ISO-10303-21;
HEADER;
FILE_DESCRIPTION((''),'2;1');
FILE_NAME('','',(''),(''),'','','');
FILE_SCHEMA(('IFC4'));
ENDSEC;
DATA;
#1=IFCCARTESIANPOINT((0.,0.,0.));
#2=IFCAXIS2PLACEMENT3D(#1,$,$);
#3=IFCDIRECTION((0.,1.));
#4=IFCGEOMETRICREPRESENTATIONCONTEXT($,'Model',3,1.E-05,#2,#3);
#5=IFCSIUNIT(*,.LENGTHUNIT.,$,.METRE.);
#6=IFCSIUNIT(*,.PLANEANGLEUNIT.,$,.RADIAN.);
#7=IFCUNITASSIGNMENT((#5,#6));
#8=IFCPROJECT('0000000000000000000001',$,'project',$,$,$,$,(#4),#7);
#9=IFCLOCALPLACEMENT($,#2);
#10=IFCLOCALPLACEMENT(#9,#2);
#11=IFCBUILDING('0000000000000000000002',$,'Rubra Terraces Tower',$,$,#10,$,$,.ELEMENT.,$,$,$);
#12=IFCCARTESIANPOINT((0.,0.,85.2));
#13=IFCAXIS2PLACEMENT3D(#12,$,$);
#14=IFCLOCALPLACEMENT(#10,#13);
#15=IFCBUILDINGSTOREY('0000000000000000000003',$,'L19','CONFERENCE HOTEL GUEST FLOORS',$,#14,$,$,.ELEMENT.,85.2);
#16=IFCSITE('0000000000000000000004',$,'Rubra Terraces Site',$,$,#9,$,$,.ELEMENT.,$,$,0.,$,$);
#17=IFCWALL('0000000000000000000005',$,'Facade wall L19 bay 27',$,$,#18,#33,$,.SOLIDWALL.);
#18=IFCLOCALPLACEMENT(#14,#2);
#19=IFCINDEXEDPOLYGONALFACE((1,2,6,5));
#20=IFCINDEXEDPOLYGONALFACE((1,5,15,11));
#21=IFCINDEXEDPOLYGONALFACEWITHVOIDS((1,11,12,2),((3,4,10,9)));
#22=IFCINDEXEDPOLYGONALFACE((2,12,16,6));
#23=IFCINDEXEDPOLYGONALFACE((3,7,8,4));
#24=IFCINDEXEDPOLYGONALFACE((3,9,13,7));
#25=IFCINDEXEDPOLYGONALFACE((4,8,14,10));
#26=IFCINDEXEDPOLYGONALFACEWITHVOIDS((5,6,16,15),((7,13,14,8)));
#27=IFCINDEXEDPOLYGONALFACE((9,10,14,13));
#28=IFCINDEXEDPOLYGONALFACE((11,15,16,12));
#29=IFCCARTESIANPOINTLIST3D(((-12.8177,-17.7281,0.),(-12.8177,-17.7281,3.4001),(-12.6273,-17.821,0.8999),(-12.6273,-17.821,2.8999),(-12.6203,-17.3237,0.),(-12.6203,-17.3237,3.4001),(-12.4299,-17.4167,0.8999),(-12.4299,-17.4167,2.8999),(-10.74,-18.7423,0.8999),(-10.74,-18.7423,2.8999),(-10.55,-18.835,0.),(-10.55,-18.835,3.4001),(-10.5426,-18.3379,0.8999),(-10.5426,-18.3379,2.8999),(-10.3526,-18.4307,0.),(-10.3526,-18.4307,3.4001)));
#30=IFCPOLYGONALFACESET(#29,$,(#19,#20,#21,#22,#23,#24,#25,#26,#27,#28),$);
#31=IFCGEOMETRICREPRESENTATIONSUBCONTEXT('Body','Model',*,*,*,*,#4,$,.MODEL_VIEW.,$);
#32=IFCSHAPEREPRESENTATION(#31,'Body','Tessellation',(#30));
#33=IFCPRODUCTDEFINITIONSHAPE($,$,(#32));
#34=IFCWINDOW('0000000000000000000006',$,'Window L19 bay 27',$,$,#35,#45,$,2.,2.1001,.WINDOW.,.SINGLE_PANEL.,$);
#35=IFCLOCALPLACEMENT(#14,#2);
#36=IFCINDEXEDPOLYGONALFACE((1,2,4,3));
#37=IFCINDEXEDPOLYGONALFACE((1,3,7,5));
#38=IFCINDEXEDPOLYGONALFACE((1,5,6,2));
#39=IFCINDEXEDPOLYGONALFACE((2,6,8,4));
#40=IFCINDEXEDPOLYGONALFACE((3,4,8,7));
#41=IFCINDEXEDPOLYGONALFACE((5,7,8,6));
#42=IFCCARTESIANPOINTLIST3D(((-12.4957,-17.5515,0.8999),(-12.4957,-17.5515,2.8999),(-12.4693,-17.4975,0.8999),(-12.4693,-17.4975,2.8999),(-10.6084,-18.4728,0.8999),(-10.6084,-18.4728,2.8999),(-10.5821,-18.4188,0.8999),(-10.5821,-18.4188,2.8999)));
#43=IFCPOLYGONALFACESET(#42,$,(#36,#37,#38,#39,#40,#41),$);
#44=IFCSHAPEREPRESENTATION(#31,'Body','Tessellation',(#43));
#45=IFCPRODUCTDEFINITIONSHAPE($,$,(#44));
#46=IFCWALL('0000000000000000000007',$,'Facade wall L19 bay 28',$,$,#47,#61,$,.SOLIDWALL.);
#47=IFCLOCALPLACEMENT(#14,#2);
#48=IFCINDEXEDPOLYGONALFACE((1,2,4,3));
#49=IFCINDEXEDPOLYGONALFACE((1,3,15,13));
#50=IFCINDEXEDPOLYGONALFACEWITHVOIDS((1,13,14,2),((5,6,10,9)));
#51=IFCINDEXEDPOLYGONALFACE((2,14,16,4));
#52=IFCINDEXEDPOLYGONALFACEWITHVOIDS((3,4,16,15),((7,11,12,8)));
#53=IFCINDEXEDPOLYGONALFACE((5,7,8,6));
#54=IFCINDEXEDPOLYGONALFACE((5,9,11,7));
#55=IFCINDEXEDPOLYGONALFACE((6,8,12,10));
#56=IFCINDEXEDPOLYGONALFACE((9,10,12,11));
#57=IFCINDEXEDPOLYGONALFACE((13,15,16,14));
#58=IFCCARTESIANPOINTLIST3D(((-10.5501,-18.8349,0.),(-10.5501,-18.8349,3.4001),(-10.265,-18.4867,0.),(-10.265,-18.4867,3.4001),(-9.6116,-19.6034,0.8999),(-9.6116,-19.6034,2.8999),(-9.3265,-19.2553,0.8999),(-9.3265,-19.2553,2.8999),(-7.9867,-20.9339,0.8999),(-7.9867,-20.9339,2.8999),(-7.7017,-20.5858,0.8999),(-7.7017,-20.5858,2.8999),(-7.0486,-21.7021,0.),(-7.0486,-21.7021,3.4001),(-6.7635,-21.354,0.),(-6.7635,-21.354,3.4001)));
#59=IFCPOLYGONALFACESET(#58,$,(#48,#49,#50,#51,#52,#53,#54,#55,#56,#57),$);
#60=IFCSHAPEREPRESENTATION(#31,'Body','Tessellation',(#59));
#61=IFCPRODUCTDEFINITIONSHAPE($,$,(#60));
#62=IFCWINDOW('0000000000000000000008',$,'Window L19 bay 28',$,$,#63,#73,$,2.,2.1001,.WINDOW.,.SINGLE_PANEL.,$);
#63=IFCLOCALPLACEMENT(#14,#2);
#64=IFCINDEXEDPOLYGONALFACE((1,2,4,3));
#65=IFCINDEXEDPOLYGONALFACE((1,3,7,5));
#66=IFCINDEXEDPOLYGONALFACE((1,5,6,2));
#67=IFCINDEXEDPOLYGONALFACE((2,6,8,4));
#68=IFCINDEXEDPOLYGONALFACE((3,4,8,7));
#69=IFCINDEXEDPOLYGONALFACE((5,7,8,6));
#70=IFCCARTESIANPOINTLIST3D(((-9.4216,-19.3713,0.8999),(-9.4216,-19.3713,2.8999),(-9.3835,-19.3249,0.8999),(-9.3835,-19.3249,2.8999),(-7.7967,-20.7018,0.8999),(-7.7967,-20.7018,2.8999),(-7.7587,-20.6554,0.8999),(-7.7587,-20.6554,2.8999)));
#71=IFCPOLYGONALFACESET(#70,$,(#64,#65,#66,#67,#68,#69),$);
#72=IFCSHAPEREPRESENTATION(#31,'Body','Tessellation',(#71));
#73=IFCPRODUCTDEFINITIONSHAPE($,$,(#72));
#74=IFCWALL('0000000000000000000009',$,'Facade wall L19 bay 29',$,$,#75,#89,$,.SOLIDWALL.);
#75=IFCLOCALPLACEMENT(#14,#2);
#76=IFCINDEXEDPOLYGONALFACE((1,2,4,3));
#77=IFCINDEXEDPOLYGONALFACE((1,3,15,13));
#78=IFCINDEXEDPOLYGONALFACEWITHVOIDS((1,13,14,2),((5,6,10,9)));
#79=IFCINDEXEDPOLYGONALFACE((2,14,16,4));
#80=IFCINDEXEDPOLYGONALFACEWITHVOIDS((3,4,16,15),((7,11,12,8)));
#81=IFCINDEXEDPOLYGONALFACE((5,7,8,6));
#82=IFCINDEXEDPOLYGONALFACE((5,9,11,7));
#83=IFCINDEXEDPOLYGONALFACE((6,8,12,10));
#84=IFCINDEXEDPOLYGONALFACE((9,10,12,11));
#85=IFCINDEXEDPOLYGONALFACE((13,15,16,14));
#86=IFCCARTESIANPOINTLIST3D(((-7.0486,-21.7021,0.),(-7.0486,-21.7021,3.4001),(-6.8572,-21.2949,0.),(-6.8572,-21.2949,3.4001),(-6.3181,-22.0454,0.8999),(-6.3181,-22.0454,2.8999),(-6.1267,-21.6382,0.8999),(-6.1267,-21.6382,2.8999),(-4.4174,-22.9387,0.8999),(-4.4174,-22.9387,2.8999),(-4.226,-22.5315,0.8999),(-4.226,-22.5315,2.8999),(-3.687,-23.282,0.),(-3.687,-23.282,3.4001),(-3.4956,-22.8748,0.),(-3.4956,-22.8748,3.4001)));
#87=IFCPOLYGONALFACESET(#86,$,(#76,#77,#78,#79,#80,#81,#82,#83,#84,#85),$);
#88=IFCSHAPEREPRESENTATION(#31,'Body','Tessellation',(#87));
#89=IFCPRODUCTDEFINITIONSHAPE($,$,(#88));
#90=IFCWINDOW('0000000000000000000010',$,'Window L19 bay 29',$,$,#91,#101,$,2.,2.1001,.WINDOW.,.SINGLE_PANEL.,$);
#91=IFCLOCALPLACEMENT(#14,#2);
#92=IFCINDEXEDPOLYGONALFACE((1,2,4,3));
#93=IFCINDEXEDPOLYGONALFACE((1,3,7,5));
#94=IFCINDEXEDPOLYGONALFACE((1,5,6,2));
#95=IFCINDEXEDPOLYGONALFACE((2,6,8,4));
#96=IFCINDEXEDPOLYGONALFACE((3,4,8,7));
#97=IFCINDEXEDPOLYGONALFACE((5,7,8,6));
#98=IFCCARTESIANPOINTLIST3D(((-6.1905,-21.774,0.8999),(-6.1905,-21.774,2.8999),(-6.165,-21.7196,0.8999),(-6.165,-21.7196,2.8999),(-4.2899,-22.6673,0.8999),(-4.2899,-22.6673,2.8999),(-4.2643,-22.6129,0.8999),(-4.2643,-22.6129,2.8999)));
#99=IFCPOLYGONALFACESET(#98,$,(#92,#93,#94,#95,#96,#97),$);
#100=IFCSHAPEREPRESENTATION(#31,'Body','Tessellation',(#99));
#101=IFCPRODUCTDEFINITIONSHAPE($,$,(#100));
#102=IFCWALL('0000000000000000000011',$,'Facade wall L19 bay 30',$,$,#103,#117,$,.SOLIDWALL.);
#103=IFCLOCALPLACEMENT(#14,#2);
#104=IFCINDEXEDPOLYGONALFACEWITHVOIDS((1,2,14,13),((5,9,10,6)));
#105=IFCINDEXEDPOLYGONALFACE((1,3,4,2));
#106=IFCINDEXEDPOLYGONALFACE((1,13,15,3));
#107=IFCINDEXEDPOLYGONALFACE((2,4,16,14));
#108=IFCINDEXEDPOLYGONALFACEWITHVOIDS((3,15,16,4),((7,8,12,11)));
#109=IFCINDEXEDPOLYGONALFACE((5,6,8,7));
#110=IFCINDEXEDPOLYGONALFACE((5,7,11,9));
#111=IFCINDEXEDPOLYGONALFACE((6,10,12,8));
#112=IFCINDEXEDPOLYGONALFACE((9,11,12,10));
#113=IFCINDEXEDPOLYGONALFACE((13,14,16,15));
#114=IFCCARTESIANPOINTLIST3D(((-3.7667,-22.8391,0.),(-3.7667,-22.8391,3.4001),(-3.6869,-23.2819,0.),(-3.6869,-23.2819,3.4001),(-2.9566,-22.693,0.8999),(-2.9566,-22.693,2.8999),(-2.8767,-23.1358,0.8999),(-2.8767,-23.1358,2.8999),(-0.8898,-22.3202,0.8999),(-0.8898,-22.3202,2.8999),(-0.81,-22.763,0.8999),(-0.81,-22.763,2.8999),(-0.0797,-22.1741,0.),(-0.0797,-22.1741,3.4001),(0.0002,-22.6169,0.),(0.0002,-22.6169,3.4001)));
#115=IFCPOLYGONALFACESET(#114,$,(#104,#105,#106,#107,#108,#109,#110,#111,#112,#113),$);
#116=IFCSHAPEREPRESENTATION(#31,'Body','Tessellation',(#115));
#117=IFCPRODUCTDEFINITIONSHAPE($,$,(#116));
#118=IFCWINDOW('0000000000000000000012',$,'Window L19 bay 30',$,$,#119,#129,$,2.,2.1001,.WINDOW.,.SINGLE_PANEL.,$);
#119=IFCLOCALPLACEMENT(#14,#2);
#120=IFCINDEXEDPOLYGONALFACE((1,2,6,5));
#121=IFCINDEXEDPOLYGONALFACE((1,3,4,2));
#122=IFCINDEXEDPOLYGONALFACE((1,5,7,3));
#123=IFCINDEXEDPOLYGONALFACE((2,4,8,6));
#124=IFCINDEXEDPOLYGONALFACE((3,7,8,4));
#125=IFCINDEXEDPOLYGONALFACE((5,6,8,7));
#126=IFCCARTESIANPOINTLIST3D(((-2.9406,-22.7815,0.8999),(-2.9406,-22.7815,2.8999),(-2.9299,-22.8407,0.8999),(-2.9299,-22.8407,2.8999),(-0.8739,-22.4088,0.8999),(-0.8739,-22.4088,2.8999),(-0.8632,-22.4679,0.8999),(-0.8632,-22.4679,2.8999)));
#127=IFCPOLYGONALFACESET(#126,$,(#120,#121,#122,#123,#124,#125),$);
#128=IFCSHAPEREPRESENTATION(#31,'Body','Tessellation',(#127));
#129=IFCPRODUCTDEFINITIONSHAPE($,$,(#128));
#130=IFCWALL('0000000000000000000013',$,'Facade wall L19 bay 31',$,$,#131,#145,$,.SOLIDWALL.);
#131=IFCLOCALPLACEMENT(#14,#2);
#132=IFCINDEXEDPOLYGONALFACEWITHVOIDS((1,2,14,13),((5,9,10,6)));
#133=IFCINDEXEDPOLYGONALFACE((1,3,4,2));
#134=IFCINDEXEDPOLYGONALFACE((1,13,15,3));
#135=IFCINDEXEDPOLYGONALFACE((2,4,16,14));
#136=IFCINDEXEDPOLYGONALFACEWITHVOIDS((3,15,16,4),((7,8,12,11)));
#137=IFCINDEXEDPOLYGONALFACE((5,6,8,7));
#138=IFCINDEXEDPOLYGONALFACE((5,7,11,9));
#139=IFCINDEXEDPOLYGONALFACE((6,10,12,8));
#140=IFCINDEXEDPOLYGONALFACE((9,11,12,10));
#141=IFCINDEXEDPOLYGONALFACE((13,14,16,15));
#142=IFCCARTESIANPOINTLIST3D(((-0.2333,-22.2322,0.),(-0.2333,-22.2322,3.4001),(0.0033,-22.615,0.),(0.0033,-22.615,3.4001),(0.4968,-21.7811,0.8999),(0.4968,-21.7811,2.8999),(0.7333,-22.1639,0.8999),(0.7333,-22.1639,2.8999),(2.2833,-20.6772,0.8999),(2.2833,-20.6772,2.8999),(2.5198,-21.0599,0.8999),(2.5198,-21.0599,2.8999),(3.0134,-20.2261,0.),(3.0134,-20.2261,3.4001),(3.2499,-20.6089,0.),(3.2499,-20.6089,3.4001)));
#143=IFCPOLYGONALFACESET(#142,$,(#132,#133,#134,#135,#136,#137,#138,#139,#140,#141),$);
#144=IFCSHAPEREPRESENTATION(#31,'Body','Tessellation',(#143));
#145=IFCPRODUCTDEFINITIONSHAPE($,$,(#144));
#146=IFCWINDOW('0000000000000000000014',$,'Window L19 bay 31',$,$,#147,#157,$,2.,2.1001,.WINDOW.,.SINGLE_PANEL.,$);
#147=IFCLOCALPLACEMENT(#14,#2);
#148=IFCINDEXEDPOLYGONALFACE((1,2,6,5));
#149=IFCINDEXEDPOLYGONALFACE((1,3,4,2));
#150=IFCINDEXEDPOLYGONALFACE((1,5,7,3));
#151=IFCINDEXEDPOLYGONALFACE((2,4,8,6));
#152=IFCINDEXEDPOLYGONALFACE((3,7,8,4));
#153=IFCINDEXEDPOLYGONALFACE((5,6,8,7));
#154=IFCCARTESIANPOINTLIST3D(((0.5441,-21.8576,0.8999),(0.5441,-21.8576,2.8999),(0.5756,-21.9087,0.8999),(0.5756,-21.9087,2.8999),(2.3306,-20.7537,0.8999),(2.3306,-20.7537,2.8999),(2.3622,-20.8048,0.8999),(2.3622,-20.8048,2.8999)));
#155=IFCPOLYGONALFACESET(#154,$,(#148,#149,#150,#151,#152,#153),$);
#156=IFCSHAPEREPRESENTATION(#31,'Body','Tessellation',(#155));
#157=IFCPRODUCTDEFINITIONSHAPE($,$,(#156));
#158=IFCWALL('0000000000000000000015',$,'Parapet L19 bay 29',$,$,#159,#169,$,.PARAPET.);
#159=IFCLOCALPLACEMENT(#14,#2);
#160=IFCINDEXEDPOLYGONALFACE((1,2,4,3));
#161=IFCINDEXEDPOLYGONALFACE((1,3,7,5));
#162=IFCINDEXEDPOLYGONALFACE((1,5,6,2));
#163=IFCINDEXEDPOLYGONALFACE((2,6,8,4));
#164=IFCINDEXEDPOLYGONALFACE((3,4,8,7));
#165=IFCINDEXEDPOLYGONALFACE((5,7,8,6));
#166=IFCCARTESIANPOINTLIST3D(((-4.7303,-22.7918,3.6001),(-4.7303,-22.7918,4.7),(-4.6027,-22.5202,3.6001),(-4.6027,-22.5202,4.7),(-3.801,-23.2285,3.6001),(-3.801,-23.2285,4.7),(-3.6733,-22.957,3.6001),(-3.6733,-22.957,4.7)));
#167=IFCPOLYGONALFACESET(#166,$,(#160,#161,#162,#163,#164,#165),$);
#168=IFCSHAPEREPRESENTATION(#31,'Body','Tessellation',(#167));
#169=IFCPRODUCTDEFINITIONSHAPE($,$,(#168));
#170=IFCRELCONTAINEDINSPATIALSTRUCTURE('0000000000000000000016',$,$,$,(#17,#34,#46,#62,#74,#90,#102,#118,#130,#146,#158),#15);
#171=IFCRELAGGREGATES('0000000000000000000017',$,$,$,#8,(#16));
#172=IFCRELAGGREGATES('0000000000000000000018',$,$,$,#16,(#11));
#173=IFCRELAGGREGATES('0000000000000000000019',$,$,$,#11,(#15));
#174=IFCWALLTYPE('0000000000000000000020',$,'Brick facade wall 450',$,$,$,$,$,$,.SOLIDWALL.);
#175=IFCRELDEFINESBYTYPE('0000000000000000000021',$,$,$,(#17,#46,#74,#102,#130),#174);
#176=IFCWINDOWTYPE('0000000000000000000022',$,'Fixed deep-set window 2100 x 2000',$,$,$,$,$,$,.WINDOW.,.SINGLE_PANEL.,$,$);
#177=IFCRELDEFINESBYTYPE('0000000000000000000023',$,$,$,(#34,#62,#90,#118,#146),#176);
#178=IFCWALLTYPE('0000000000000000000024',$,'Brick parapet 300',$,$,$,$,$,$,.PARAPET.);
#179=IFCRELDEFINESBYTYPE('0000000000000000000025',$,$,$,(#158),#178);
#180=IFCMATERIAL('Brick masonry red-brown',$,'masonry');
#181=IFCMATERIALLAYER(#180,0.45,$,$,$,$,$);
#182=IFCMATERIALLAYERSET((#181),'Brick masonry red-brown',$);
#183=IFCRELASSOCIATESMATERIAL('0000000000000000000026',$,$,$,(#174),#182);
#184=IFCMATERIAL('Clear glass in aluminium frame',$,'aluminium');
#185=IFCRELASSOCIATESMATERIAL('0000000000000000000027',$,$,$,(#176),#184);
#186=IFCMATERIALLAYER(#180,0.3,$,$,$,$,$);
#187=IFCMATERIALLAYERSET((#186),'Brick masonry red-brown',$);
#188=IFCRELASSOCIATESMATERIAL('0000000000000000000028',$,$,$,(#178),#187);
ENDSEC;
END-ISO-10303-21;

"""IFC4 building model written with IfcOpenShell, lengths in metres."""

from ifc_helpers import new_model, si_unit, direction, frame, frame_2d, origin, place, context, subcontext, project, spatial, rectangle, extrude, material, layer, layer_set, type_object, element, fill, save


model = new_model("IFC4")

# Units and contexts
model_context = context("Model", 3, precision=1e-05, world=origin(), true_north=direction((0.0, 1.0)))
body_context = subcontext(model_context, "Body", "Model", "MODEL_VIEW")
ifc_project = project(units=[si_unit("LENGTHUNIT", "METRE"), si_unit("PLANEANGLEUNIT", "RADIAN")], contexts=[model_context])

# Site, building, storey
site_placement = place(None, origin())
site = spatial("IfcSite", under=ifc_project, at=site_placement, Name="Rubra Terraces Site", CompositionType="ELEMENT", RefElevation=0.0)
building_placement = place(site_placement, origin())
building = spatial("IfcBuilding", under=site, at=building_placement, Name="Rubra Terraces Tower", CompositionType="ELEMENT")
storey_placement = place(building_placement, frame((0.0, 0.0, 85.2)))
storey = spatial("IfcBuildingStorey", under=building, at=storey_placement, Name="L19", Description="CONFERENCE HOTEL GUEST FLOORS", CompositionType="ELEMENT", Elevation=85.2)

# Walls, openings, windows
ifc_material_1 = material(Name="Brick masonry red-brown", Category="masonry")
ifc_layer_1 = layer(ifc_material_1, 0.45)
ifc_layer_set_1 = layer_set([ifc_layer_1], Name="Brick masonry red-brown")
wall_type_1 = type_object("IfcWallType", Name="Brick facade wall 450", PredefinedType="SOLIDWALL", material=ifc_layer_set_1)
wall_1_placement = place(storey_placement, frame((-12.719, -17.5259, 0.0), z_axis=(0.0, 0.0, 1.0), x_axis=(0.898644, -0.438679, 0.0)))
wall_1 = element("IfcWall", 1, at=wall_1_placement, inside=storey, type_object=wall_type_1, Name="Facade wall L19 bay 27", PredefinedType="SOLIDWALL", context=body_context, shape_type="SweptSolid", body=[
    extrude(rectangle(XDim=2.5234, YDim=0.45, at=frame_2d((1.2617, 0.0))), origin(), (0.0, 0.0, 1.0), 3.4001),
])
opening_1_placement = place(wall_1_placement, frame((0.2119, 0.0, 0.8999)))
opening_1 = element("IfcOpeningElement", 2, at=opening_1_placement, cuts=wall_1, PredefinedType="OPENING", context=body_context, shape_type="SweptSolid", body=[
    extrude(rectangle(XDim=2.1001, YDim=2.0, at=frame_2d((1.05, 1.0))), frame((0.0, 0.2349, 0.0), z_axis=(0.0, -1.0, 0.0), x_axis=(1.0, 0.0, 0.0)), (0.0, 0.0, 1.0), 0.47),
])
ifc_material_2 = material(Name="Clear glass in aluminium frame", Category="aluminium")
window_type = type_object("IfcWindowType", Name="Fixed deep-set window 2100 x 2000", PartitioningType="SINGLE_PANEL", PredefinedType="WINDOW", material=ifc_material_2)
window_1_placement = place(opening_1_placement, origin())
window_1 = element("IfcWindow", 3, at=window_1_placement, inside=storey, type_object=window_type, Name="Window L19 bay 27", OverallHeight=2.0, OverallWidth=2.1001, PartitioningType="SINGLE_PANEL", PredefinedType="WINDOW", context=body_context, shape_type="SweptSolid", body=[
    extrude(rectangle(XDim=2.1001, YDim=2.0, at=frame_2d((1.05, 1.0))), frame((0.0, 0.135, 0.0), z_axis=(0.0, -1.0, 0.0), x_axis=(1.0, 0.0, 0.0)), (0.0, 0.0, 1.0), 0.0601),
])
fill(opening_1, window_1)
wall_2_placement = place(storey_placement, frame((-10.4075, -18.6609, 0.0), z_axis=(0.0, 0.0, 1.0), x_axis=(0.773702, -0.633549, 0.0)))
wall_2 = element("IfcWall", 4, at=wall_2_placement, inside=storey, type_object=wall_type_1, Name="Facade wall L19 bay 28", PredefinedType="SOLIDWALL", context=body_context, shape_type="SweptSolid", body=[
    extrude(rectangle(XDim=4.5256, YDim=0.45, at=frame_2d((2.2627, 0.0))), origin(), (0.0, 0.0, 1.0), 3.4001),
])
opening_2_placement = place(wall_2_placement, frame((1.2129, 0.0, 0.8999)))
opening_2 = element("IfcOpeningElement", 5, at=opening_2_placement, cuts=wall_2, PredefinedType="OPENING", context=body_context, shape_type="SweptSolid", body=[
    extrude(rectangle(XDim=2.1001, YDim=2.0, at=frame_2d((1.05, 1.0))), frame((0.0, 0.2349, 0.0), z_axis=(0.0, -1.0, 0.0), x_axis=(1.0, 0.0, 0.0)), (0.0, 0.0, 1.0), 0.47),
])
window_2_placement = place(opening_2_placement, origin())
window_2 = element("IfcWindow", 6, at=window_2_placement, inside=storey, type_object=window_type, Name="Window L19 bay 28", OverallHeight=2.0, OverallWidth=2.1001, PartitioningType="SINGLE_PANEL", PredefinedType="WINDOW", context=body_context, shape_type="SweptSolid", body=[
    extrude(rectangle(XDim=2.1001, YDim=2.0, at=frame_2d((1.05, 1.0))), frame((0.0, 0.135, 0.0), z_axis=(0.0, -1.0, 0.0), x_axis=(1.0, 0.0, 0.0)), (0.0, 0.0, 1.0), 0.0601),
])
fill(opening_2, window_2)
wall_3_placement = place(storey_placement, frame((-6.9529, -21.4985, 0.0), z_axis=(0.0, 0.0, 1.0), x_axis=(0.905035, -0.425338, 0.0)))
wall_3 = element("IfcWall", 7, at=wall_3_placement, inside=storey, type_object=wall_type_1, Name="Facade wall L19 bay 29", PredefinedType="SOLIDWALL", context=body_context, shape_type="SweptSolid", body=[
    extrude(rectangle(XDim=3.7144, YDim=0.45, at=frame_2d((1.8572, 0.0))), origin(), (0.0, 0.0, 1.0), 3.4001),
])
opening_3_placement = place(wall_3_placement, frame((0.8071, 0.0, 0.8999)))
opening_3 = element("IfcOpeningElement", 8, at=opening_3_placement, cuts=wall_3, PredefinedType="OPENING", context=body_context, shape_type="SweptSolid", body=[
    extrude(rectangle(XDim=2.1001, YDim=2.0, at=frame_2d((1.05, 1.0))), frame((0.0, 0.2349, 0.0), z_axis=(0.0, -1.0, 0.0), x_axis=(1.0, 0.0, 0.0)), (0.0, 0.0, 1.0), 0.47),
])
window_3_placement = place(opening_3_placement, origin())
window_3 = element("IfcWindow", 9, at=window_3_placement, inside=storey, type_object=window_type, Name="Window L19 bay 29", OverallHeight=2.0, OverallWidth=2.1001, PartitioningType="SINGLE_PANEL", PredefinedType="WINDOW", context=body_context, shape_type="SweptSolid", body=[
    extrude(rectangle(XDim=2.1001, YDim=2.0, at=frame_2d((1.05, 1.0))), frame((0.0, 0.135, 0.0), z_axis=(0.0, -1.0, 0.0), x_axis=(1.0, 0.0, 0.0)), (0.0, 0.0, 1.0), 0.0601),
])
fill(opening_3, window_3)
wall_4_placement = place(storey_placement, frame((-3.7268, -23.0605, 0.0), z_axis=(0.0, 0.0, 1.0), x_axis=(0.984119, 0.177509, 0.0)))
wall_4 = element("IfcWall", 10, at=wall_4_placement, inside=storey, type_object=wall_type_1, Name="Facade wall L19 bay 30", PredefinedType="SOLIDWALL", context=body_context, shape_type="SweptSolid", body=[
    extrude(rectangle(XDim=3.7466, YDim=0.45, at=frame_2d((1.8733, 0.0))), origin(), (0.0, 0.0, 1.0), 3.4001),
])
opening_4_placement = place(wall_4_placement, frame((0.8232, 0.0, 0.8999)))
opening_4 = element("IfcOpeningElement", 11, at=opening_4_placement, cuts=wall_4, PredefinedType="OPENING", context=body_context, shape_type="SweptSolid", body=[
    extrude(rectangle(XDim=2.1001, YDim=2.0, at=frame_2d((1.05, 1.0))), frame((0.0, 0.2349, 0.0), z_axis=(0.0, -1.0, 0.0), x_axis=(1.0, 0.0, 0.0)), (0.0, 0.0, 1.0), 0.47),
])
window_4_placement = place(opening_4_placement, origin())
window_4 = element("IfcWindow", 12, at=window_4_placement, inside=storey, type_object=window_type, Name="Window L19 bay 30", OverallHeight=2.0, OverallWidth=2.1001, PartitioningType="SINGLE_PANEL", PredefinedType="WINDOW", context=body_context, shape_type="SweptSolid", body=[
    extrude(rectangle(XDim=2.1001, YDim=2.0, at=frame_2d((1.05, 1.0))), frame((0.0, 0.135, 0.0), z_axis=(0.0, -1.0, 0.0), x_axis=(1.0, 0.0, 0.0)), (0.0, 0.0, 1.0), 0.0601),
])
fill(opening_4, window_4)
wall_5_placement = place(storey_placement, frame((-0.115, -22.4236, 0.0), z_axis=(0.0, 0.0, 1.0), x_axis=(0.850697, 0.525656, 0.0)))
wall_5 = element("IfcWall", 13, at=wall_5_placement, inside=storey, type_object=wall_type_1, Name="Facade wall L19 bay 31", PredefinedType="SOLIDWALL", context=body_context, shape_type="SweptSolid", body=[
    extrude(rectangle(XDim=3.8164, YDim=0.45, at=frame_2d((1.9082, 0.0))), origin(), (0.0, 0.0, 1.0), 3.4001),
])
opening_5_placement = place(wall_5_placement, frame((0.8582, 0.0, 0.8999)))
opening_5 = element("IfcOpeningElement", 14, at=opening_5_placement, cuts=wall_5, PredefinedType="OPENING", context=body_context, shape_type="SweptSolid", body=[
    extrude(rectangle(XDim=2.1001, YDim=2.0, at=frame_2d((1.05, 1.0))), frame((0.0, 0.2349, 0.0), z_axis=(0.0, -1.0, 0.0), x_axis=(1.0, 0.0, 0.0)), (0.0, 0.0, 1.0), 0.47),
])
window_5_placement = place(opening_5_placement, origin())
window_5 = element("IfcWindow", 15, at=window_5_placement, inside=storey, type_object=window_type, Name="Window L19 bay 31", OverallHeight=2.0, OverallWidth=2.1001, PartitioningType="SINGLE_PANEL", PredefinedType="WINDOW", context=body_context, shape_type="SweptSolid", body=[
    extrude(rectangle(XDim=2.1001, YDim=2.0, at=frame_2d((1.05, 1.0))), frame((0.0, 0.135, 0.0), z_axis=(0.0, -1.0, 0.0), x_axis=(1.0, 0.0, 0.0)), (0.0, 0.0, 1.0), 0.0601),
])
fill(opening_5, window_5)

# Wall
ifc_layer_2 = layer(ifc_material_1, 0.3)
ifc_layer_set_2 = layer_set([ifc_layer_2], Name="Brick masonry red-brown")
wall_type_2 = type_object("IfcWallType", Name="Brick parapet 300", PredefinedType="PARAPET", material=ifc_layer_set_2)
wall_6_placement = place(storey_placement, frame((-4.6665, -22.656, 3.6001), z_axis=(0.0, 0.0, 1.0), x_axis=(0.90505, -0.425305, 0.0)))
element("IfcWall", 16, at=wall_6_placement, inside=storey, type_object=wall_type_2, Name="Parapet L19 bay 29", PredefinedType="PARAPET", context=body_context, shape_type="SweptSolid", body=[
    extrude(rectangle(XDim=1.0269, YDim=0.3, at=frame_2d((0.5134, 0.0))), origin(), (0.0, 0.0, 1.0), 1.0999),
])

save(model, "model.ifc")
